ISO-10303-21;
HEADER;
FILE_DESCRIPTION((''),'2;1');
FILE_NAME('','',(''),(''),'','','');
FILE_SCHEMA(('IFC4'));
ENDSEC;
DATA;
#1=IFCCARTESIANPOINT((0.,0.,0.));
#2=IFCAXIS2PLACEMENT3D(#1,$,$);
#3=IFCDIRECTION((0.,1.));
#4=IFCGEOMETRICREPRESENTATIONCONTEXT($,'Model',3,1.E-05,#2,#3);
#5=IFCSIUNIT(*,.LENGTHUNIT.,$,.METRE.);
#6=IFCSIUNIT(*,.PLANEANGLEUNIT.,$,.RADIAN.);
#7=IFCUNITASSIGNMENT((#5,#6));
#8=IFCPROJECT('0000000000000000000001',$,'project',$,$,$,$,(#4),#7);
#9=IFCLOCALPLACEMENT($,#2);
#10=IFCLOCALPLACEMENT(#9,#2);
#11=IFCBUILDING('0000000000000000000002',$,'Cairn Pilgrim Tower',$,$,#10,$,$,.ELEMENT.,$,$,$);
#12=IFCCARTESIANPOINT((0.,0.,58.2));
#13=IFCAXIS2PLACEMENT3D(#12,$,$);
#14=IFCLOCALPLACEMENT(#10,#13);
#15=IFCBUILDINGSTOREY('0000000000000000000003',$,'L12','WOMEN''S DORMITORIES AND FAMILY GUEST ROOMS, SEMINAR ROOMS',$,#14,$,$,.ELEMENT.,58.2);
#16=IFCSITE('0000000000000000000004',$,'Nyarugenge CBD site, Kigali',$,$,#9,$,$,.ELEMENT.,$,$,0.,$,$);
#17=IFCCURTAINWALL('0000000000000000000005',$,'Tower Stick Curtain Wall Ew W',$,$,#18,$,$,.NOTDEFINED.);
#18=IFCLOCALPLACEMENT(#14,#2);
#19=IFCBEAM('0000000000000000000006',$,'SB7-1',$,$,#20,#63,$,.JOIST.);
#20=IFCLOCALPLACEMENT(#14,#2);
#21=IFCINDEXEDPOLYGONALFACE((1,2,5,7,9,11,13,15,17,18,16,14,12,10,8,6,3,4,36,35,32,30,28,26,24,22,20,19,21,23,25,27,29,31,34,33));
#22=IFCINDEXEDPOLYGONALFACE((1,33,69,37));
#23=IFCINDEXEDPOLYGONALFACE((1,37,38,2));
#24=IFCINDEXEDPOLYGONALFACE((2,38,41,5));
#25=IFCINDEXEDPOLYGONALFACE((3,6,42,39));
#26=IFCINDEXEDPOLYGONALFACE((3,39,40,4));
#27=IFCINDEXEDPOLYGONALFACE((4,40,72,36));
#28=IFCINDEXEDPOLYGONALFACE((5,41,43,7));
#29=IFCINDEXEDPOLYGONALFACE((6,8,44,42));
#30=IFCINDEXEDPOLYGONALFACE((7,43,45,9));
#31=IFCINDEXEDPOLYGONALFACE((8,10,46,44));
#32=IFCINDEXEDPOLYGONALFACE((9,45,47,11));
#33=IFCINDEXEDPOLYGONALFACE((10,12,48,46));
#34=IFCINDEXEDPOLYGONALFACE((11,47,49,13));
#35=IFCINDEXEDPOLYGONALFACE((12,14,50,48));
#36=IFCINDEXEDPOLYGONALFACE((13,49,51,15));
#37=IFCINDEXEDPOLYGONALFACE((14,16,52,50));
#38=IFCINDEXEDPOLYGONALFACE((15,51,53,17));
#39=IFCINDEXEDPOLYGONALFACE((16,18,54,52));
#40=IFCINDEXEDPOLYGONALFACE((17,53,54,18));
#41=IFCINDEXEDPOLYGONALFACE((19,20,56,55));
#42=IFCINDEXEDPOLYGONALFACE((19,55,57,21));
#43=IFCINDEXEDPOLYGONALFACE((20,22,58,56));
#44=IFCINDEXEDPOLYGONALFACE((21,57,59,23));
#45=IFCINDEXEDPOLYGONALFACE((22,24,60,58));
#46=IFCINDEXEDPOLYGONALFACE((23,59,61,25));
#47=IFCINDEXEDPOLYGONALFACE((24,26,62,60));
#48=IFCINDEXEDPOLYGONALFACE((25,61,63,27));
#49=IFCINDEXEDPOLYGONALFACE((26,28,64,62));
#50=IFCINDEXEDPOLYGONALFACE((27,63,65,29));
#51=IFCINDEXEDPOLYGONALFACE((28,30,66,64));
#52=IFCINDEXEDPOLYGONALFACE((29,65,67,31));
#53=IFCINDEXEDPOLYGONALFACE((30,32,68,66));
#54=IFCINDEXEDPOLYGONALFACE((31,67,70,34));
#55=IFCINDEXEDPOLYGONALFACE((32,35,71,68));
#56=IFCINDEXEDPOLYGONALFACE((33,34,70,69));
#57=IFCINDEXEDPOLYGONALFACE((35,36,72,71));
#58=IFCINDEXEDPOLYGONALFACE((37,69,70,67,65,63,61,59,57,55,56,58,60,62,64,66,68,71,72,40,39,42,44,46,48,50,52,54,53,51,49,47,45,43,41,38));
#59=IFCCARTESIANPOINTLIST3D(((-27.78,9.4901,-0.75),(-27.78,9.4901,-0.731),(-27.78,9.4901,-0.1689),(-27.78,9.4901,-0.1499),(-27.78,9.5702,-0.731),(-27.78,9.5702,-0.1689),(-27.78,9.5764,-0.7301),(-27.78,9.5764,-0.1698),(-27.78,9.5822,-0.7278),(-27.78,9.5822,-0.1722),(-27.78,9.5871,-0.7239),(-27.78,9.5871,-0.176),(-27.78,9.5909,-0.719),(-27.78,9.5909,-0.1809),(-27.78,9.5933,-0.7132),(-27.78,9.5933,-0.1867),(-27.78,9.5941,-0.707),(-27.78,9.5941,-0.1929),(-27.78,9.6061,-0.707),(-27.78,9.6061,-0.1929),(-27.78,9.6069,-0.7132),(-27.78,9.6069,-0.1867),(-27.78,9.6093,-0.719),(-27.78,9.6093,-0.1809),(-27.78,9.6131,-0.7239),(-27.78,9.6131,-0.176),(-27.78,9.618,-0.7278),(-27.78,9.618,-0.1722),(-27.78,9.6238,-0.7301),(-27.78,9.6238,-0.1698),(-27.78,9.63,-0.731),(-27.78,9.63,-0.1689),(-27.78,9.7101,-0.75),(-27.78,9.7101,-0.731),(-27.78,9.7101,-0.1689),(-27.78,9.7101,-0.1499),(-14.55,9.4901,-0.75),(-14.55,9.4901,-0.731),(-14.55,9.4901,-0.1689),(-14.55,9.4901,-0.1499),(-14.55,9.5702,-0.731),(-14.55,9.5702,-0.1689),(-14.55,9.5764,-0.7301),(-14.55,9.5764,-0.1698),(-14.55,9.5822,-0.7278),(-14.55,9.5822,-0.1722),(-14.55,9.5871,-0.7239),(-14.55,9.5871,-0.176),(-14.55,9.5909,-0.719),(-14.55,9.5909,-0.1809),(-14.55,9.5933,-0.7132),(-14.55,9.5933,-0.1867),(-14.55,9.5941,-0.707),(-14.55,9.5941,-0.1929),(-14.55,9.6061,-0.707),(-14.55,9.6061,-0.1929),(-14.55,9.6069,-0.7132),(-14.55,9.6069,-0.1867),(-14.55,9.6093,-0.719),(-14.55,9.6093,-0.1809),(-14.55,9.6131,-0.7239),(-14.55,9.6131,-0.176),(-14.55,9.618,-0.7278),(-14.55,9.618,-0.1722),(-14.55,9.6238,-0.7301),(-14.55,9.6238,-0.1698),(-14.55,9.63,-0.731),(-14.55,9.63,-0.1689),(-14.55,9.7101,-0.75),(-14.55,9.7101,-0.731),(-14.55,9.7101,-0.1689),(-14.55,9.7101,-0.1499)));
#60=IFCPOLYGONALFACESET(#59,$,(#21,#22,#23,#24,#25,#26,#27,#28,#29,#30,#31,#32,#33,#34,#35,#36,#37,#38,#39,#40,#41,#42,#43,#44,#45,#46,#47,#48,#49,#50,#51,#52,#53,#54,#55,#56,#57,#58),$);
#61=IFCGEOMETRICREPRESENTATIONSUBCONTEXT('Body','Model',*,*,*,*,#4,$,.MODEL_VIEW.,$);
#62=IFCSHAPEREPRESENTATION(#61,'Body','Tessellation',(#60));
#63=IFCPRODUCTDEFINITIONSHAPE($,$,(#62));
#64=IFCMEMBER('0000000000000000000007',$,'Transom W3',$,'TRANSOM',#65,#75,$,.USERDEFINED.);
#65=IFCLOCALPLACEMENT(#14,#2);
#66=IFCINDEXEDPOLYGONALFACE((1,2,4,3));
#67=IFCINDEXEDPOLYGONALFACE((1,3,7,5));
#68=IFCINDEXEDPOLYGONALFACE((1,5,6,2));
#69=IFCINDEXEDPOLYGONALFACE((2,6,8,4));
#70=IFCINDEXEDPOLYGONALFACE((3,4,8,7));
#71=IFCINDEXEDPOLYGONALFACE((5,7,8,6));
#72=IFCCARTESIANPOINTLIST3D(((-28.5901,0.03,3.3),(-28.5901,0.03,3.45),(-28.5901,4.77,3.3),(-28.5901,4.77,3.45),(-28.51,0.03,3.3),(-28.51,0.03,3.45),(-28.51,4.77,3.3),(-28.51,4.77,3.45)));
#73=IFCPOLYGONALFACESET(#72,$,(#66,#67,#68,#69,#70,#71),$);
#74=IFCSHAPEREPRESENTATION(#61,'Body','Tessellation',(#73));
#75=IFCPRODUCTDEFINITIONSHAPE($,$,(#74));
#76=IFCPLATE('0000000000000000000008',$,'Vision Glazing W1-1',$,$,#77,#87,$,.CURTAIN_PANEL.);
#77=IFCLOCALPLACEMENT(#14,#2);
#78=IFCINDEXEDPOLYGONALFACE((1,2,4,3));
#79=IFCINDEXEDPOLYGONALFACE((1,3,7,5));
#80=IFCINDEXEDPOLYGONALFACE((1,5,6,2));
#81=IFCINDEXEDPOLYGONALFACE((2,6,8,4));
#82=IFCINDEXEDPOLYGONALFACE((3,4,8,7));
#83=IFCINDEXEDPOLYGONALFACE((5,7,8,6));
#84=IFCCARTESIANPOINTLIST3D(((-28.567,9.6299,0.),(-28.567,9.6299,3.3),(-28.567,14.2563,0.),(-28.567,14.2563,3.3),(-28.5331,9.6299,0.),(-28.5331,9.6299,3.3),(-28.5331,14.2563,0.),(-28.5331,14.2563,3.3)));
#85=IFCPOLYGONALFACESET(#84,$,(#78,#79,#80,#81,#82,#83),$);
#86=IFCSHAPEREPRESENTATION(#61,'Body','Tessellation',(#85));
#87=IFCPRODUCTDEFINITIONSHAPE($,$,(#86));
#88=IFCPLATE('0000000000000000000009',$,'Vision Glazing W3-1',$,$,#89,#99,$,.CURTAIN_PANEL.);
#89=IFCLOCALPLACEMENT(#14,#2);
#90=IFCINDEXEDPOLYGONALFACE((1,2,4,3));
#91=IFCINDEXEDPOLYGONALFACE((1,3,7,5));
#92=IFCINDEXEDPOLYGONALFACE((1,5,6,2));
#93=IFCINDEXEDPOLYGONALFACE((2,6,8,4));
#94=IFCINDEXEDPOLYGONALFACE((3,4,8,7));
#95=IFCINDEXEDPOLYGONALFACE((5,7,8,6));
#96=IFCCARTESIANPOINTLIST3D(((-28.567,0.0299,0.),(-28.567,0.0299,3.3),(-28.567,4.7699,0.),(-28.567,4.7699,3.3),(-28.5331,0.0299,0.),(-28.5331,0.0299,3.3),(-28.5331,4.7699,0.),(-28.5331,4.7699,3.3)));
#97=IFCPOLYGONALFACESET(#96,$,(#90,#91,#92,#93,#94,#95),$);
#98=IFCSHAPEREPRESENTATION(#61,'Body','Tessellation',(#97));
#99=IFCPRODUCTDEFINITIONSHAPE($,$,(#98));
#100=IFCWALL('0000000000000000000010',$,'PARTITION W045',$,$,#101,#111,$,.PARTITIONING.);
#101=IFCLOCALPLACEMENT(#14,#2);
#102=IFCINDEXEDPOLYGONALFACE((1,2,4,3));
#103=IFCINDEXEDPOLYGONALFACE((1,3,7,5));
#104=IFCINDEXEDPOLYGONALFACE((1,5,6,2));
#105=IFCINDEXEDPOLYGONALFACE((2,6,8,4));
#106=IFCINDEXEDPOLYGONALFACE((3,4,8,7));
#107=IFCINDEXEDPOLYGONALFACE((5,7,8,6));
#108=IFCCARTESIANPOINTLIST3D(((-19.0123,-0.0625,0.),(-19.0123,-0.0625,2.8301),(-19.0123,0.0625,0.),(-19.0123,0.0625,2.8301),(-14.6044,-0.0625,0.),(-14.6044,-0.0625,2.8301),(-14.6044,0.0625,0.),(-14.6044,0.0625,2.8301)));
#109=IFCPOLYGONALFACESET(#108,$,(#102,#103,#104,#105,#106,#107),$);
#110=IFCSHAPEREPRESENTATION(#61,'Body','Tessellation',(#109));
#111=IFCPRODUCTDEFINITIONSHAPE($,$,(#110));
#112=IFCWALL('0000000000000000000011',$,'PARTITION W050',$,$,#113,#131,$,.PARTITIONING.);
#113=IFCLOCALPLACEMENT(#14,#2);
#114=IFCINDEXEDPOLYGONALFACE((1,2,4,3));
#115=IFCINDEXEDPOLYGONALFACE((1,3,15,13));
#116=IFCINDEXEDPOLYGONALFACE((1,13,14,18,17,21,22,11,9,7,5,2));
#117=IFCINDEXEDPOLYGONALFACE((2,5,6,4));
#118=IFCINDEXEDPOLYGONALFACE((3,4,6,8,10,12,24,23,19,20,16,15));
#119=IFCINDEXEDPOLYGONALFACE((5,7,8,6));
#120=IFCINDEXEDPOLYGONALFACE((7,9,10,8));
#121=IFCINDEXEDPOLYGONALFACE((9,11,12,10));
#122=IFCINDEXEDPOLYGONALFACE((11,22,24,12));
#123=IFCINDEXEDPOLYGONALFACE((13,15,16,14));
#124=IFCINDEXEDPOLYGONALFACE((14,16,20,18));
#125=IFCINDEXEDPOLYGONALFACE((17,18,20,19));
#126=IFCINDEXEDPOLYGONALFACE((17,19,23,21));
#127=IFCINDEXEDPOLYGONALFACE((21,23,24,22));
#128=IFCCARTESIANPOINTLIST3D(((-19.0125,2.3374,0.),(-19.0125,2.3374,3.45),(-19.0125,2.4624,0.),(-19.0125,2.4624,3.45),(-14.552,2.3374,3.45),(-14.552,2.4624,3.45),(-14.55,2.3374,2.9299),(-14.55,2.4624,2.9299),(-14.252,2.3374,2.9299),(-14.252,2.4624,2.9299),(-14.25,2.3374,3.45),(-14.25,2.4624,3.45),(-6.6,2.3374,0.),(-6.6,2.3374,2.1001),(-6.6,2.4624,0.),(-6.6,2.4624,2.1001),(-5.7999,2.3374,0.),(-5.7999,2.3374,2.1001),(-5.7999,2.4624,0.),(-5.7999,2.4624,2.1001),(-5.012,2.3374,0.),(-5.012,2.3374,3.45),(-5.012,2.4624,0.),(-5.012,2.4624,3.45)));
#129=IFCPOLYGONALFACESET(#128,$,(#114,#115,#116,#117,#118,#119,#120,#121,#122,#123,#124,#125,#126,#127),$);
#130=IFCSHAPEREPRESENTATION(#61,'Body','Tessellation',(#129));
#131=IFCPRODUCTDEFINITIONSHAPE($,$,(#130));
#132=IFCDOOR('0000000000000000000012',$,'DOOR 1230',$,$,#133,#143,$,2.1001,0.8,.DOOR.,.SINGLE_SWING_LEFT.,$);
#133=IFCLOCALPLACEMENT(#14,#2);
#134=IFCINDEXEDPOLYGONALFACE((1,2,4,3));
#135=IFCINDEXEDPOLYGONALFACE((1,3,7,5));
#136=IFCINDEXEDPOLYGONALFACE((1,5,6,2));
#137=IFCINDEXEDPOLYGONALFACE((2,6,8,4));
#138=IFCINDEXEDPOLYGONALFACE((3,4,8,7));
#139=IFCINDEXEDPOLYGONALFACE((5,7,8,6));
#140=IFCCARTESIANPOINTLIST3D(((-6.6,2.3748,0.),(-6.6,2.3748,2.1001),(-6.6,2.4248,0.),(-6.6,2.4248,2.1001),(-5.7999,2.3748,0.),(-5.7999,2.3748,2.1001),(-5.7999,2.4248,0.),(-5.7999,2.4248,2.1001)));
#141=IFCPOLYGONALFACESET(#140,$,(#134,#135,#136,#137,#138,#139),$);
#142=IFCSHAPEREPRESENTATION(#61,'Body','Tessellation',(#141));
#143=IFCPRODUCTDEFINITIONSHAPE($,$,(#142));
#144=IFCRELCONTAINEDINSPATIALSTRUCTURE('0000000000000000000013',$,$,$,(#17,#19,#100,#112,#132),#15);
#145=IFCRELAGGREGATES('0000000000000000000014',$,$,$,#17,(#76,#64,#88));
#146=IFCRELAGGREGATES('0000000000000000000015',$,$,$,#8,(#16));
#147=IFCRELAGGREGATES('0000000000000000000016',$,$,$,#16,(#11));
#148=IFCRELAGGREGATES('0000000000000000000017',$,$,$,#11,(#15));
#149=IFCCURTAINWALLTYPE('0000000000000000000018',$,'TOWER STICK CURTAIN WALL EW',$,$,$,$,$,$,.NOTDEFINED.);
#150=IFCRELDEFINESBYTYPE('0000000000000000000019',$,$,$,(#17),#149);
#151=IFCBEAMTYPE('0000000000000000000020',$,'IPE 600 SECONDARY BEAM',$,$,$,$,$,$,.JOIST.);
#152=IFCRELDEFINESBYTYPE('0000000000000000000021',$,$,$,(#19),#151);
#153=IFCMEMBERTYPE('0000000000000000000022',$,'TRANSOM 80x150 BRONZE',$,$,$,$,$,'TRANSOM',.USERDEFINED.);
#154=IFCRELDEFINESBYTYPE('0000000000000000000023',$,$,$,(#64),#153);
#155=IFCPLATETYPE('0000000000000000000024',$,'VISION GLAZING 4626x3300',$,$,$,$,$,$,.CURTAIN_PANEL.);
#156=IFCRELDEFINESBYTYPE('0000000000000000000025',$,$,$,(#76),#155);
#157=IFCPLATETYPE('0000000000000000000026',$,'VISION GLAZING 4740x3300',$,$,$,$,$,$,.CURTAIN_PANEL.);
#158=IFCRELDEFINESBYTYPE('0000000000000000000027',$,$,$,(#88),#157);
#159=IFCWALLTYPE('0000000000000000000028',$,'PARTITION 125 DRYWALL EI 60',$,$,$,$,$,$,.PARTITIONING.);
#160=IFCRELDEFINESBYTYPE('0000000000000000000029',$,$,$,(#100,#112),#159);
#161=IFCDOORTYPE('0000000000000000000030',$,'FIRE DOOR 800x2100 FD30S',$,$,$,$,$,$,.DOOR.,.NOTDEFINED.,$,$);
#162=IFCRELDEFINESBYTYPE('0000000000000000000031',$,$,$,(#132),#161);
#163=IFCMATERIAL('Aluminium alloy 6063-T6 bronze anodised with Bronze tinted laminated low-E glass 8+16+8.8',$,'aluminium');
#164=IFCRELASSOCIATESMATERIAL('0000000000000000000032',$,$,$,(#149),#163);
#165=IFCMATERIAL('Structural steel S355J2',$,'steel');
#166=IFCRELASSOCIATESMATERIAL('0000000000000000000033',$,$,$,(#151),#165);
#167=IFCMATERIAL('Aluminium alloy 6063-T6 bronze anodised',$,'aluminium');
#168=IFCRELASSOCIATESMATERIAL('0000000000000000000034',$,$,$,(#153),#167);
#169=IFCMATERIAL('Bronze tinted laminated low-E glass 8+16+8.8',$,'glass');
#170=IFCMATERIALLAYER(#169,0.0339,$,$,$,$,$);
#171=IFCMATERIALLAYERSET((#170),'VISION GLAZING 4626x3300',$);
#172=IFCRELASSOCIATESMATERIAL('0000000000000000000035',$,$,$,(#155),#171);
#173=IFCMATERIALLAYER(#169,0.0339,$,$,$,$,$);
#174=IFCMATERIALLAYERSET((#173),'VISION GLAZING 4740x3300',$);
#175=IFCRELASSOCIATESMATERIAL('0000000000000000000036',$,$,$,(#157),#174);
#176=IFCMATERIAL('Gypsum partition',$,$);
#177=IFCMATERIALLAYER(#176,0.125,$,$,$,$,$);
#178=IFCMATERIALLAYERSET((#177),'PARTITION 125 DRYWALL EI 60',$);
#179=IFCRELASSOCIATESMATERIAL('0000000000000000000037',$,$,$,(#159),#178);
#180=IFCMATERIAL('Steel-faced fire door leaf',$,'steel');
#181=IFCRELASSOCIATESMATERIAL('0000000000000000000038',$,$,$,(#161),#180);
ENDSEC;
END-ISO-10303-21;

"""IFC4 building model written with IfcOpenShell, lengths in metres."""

from ifc_helpers import new_model, si_unit, direction, frame, frame_2d, origin, origin_2d, place, context, subcontext, project, spatial, polyline, rectangle, i_section, outline, extrude, material, layer, layer_set, material_profile, profile_set, type_object, element, fill, aggregate, save


model = new_model("IFC4")

# Units and contexts
model_context = context("Model", 3, precision=1e-05, world=origin(), true_north=direction((0.0, 1.0)))
body_context = subcontext(model_context, "Body", "Model", "MODEL_VIEW")
ifc_project = project(units=[si_unit("LENGTHUNIT", "METRE"), si_unit("PLANEANGLEUNIT", "RADIAN")], contexts=[model_context])

# Site, building, storey
site_placement = place(None, origin())
site = spatial("IfcSite", under=ifc_project, at=site_placement, Name="Nyarugenge CBD site, Kigali", CompositionType="ELEMENT", RefElevation=0.0)
building_placement = place(site_placement, origin())
building = spatial("IfcBuilding", under=site, at=building_placement, Name="Cairn Pilgrim Tower", CompositionType="ELEMENT")
storey_placement = place(building_placement, frame((0.0, 0.0, 58.2)))
storey = spatial("IfcBuildingStorey", under=building, at=storey_placement, Name="L12", Description="WOMEN'S DORMITORIES AND FAMILY GUEST ROOMS, SEMINAR ROOMS", CompositionType="ELEMENT", Elevation=58.2)

# Curtain wall
ifc_material_1 = material(Name="Aluminium alloy 6063-T6 bronze anodised with Bronze tinted laminated low-E glass 8+16+8.8", Category="aluminium")
curtain_wall_type = type_object("IfcCurtainWallType", Name="TOWER STICK CURTAIN WALL EW", PredefinedType="NOTDEFINED", material=ifc_material_1)
curtain_wall_placement = place(storey_placement, origin())
curtain_wall = element("IfcCurtainWall", 1, at=curtain_wall_placement, inside=storey, type_object=curtain_wall_type, Name="Tower Stick Curtain Wall Ew W", PredefinedType="NOTDEFINED")
ifc_material_2 = material(Name="Aluminium alloy 6063-T6 bronze anodised", Category="aluminium")

# Beam
ifc_material_3 = material(Name="Structural steel S355J2", Category="steel")
ifc_material_profile_1 = material_profile(ifc_material_3, i_section(OverallWidth=0.22, OverallDepth=0.6001, WebThickness=0.012, FlangeThickness=0.019, FilletRadius=0.0239, at=origin_2d()), Name="IPE 600")
ifc_profile_set_1 = profile_set([ifc_material_profile_1], Name="Structural steel S355J2")
beam_type_1 = type_object("IfcBeamType", Name="IPE 600 SECONDARY BEAM", PredefinedType="JOIST", material=ifc_profile_set_1)
for number, where, z_axis, x_axis, name in (
    (2, (-27.78, 9.6001, -0.45), (1.0, 0.0, 0.0), (0.0, 1.0, 0.0), "SB7-1"),
):
    element("IfcBeam", number, at=place(storey_placement, frame(where, z_axis=z_axis, x_axis=x_axis)), inside=storey, type_object=beam_type_1, Name=name, PredefinedType="JOIST", context=body_context, shape_type="SweptSolid", body=[
        extrude(i_section(OverallWidth=0.22, OverallDepth=0.6001, WebThickness=0.012, FlangeThickness=0.019, FilletRadius=0.0239, at=origin_2d()), origin(), (0.0, 0.0, 1.0), 13.23),
    ])

# Member
ifc_material_profile_2 = material_profile(ifc_material_2, rectangle(XDim=0.0801, YDim=0.1499, at=origin_2d()), Name="TRANSOM 80x150 BRONZE")
ifc_profile_set_2 = profile_set([ifc_material_profile_2], Name="Aluminium alloy 6063-T6 bronze anodised")
member_type_1 = type_object("IfcMemberType", Name="TRANSOM 80x150 BRONZE", ElementType="TRANSOM", PredefinedType="USERDEFINED", material=ifc_profile_set_2)
member_1_placement = place(storey_placement, frame((-28.55, 4.77, 3.375), z_axis=(0.0, -1.0, 0.0), x_axis=(1.0, 0.0, 0.0)))
member_1 = element("IfcMember", 3, at=member_1_placement, type_object=member_type_1, Name="Transom W3", ObjectType="TRANSOM", PredefinedType="USERDEFINED", context=body_context, shape_type="SweptSolid", body=[
    extrude(rectangle(XDim=0.0801, YDim=0.1499, at=origin_2d()), origin(), (0.0, 0.0, 1.0), 4.74),
])

# Plates
ifc_material_4 = material(Name="Bronze tinted laminated low-E glass 8+16+8.8", Category="glass")
ifc_layer_1 = layer(ifc_material_4, 0.0339)
ifc_layer_set_1 = layer_set([ifc_layer_1], Name="VISION GLAZING 4626x3300")
plate_type_1 = type_object("IfcPlateType", Name="VISION GLAZING 4626x3300", PredefinedType="CURTAIN_PANEL", material=ifc_layer_set_1)
plate_1_placement = place(storey_placement, frame((-28.55, 11.9431, 0.0), z_axis=(0.0, 0.0, 1.0), x_axis=(0.0, -1.0, 0.0)))
plate_1 = element("IfcPlate", 4, at=plate_1_placement, type_object=plate_type_1, Name="Vision Glazing W1-1", PredefinedType="CURTAIN_PANEL", context=body_context, shape_type="SweptSolid", body=[
    extrude(rectangle(XDim=4.6265, YDim=0.0339, at=origin_2d()), origin(), (0.0, 0.0, 1.0), 3.3),
])
ifc_layer_2 = layer(ifc_material_4, 0.0339)
ifc_layer_set_2 = layer_set([ifc_layer_2], Name="VISION GLAZING 4740x3300")
plate_type_2 = type_object("IfcPlateType", Name="VISION GLAZING 4740x3300", PredefinedType="CURTAIN_PANEL", material=ifc_layer_set_2)
plate_2_placement = place(storey_placement, frame((-28.55, 2.3999, 0.0), z_axis=(0.0, 0.0, 1.0), x_axis=(0.0, -1.0, 0.0)))
plate_2 = element("IfcPlate", 5, at=plate_2_placement, type_object=plate_type_2, Name="Vision Glazing W3-1", PredefinedType="CURTAIN_PANEL", context=body_context, shape_type="SweptSolid", body=[
    extrude(rectangle(XDim=4.74, YDim=0.0339, at=origin_2d()), origin(), (0.0, 0.0, 1.0), 3.3),
])
aggregate(curtain_wall, [plate_1, member_1, plate_2])

# Wall
ifc_material_5 = material(Name="Gypsum partition")
ifc_layer_3 = layer(ifc_material_5, 0.125)
ifc_layer_set_3 = layer_set([ifc_layer_3], Name="PARTITION 125 DRYWALL EI 60")
wall_type_1 = type_object("IfcWallType", Name="PARTITION 125 DRYWALL EI 60", PredefinedType="PARTITIONING", material=ifc_layer_set_3)
wall_1_placement = place(storey_placement, frame((-19.0125, 0.0, 0.0), z_axis=(0.0, 0.0, 1.0), x_axis=(1.0, 0.0, 0.0)))
element("IfcWall", 6, at=wall_1_placement, inside=storey, type_object=wall_type_1, Name="PARTITION W045", PredefinedType="PARTITIONING", context=body_context, shape_type="SweptSolid", body=[
    extrude(rectangle(XDim=4.408, YDim=0.125, at=frame_2d((2.2041, 0.0))), origin(), (0.0, 0.0, 1.0), 2.8301),
])

# Wall, opening, door
wall_2_placement = place(storey_placement, frame((-19.0125, 2.3999, 0.0), z_axis=(0.0, 0.0, 1.0), x_axis=(1.0, 0.0, 0.0)))
wall_2 = element("IfcWall", 7, at=wall_2_placement, inside=storey, type_object=wall_type_1, Name="PARTITION W050", PredefinedType="PARTITIONING", context=body_context, shape_type="SweptSolid", body=[
    extrude(outline(polyline([(0.0, 0.0), (14.0005, 0.0), (14.0005, 3.45), (4.7625, 3.45), (4.7605, 2.9299), (4.4624, 2.9299), (4.4604, 3.45), (0.0, 3.45), (0.0, 0.0)])), frame((0.0, 0.0625, 0.0), z_axis=(0.0, -1.0, 0.0), x_axis=(1.0, 0.0, 0.0)), (0.0, 0.0, 1.0), 0.125),
])
opening_1_placement = place(wall_2_placement, frame((12.4126, 0.0, 0.0)))
opening_1 = element("IfcOpeningElement", 8, at=opening_1_placement, cuts=wall_2, PredefinedType="OPENING", context=body_context, shape_type="SweptSolid", body=[
    extrude(rectangle(XDim=0.8, YDim=2.1001, at=frame_2d((0.3999, 1.05))), frame((0.0, 0.0725, 0.0), z_axis=(0.0, -1.0, 0.0), x_axis=(1.0, 0.0, 0.0)), (0.0, 0.0, 1.0), 0.145),
])
ifc_material_6 = material(Name="Steel-faced fire door leaf", Category="steel")
door_type_1 = type_object("IfcDoorType", Name="FIRE DOOR 800x2100 FD30S", OperationType="NOTDEFINED", PredefinedType="DOOR", material=ifc_material_6)
door_1_placement = place(opening_1_placement, origin())
door_1 = element("IfcDoor", 9, at=door_1_placement, inside=storey, type_object=door_type_1, Name="DOOR 1230", OperationType="SINGLE_SWING_LEFT", OverallHeight=2.1001, OverallWidth=0.8, PredefinedType="DOOR", context=body_context, shape_type="SweptSolid", body=[
    extrude(rectangle(XDim=0.8, YDim=2.1001, at=frame_2d((0.3999, 1.05))), frame((0.0, 0.0249, 0.0), z_axis=(0.0, -1.0, 0.0), x_axis=(1.0, 0.0, 0.0)), (0.0, 0.0, 1.0), 0.05),
])
fill(opening_1, door_1)

save(model, "model.ifc")
